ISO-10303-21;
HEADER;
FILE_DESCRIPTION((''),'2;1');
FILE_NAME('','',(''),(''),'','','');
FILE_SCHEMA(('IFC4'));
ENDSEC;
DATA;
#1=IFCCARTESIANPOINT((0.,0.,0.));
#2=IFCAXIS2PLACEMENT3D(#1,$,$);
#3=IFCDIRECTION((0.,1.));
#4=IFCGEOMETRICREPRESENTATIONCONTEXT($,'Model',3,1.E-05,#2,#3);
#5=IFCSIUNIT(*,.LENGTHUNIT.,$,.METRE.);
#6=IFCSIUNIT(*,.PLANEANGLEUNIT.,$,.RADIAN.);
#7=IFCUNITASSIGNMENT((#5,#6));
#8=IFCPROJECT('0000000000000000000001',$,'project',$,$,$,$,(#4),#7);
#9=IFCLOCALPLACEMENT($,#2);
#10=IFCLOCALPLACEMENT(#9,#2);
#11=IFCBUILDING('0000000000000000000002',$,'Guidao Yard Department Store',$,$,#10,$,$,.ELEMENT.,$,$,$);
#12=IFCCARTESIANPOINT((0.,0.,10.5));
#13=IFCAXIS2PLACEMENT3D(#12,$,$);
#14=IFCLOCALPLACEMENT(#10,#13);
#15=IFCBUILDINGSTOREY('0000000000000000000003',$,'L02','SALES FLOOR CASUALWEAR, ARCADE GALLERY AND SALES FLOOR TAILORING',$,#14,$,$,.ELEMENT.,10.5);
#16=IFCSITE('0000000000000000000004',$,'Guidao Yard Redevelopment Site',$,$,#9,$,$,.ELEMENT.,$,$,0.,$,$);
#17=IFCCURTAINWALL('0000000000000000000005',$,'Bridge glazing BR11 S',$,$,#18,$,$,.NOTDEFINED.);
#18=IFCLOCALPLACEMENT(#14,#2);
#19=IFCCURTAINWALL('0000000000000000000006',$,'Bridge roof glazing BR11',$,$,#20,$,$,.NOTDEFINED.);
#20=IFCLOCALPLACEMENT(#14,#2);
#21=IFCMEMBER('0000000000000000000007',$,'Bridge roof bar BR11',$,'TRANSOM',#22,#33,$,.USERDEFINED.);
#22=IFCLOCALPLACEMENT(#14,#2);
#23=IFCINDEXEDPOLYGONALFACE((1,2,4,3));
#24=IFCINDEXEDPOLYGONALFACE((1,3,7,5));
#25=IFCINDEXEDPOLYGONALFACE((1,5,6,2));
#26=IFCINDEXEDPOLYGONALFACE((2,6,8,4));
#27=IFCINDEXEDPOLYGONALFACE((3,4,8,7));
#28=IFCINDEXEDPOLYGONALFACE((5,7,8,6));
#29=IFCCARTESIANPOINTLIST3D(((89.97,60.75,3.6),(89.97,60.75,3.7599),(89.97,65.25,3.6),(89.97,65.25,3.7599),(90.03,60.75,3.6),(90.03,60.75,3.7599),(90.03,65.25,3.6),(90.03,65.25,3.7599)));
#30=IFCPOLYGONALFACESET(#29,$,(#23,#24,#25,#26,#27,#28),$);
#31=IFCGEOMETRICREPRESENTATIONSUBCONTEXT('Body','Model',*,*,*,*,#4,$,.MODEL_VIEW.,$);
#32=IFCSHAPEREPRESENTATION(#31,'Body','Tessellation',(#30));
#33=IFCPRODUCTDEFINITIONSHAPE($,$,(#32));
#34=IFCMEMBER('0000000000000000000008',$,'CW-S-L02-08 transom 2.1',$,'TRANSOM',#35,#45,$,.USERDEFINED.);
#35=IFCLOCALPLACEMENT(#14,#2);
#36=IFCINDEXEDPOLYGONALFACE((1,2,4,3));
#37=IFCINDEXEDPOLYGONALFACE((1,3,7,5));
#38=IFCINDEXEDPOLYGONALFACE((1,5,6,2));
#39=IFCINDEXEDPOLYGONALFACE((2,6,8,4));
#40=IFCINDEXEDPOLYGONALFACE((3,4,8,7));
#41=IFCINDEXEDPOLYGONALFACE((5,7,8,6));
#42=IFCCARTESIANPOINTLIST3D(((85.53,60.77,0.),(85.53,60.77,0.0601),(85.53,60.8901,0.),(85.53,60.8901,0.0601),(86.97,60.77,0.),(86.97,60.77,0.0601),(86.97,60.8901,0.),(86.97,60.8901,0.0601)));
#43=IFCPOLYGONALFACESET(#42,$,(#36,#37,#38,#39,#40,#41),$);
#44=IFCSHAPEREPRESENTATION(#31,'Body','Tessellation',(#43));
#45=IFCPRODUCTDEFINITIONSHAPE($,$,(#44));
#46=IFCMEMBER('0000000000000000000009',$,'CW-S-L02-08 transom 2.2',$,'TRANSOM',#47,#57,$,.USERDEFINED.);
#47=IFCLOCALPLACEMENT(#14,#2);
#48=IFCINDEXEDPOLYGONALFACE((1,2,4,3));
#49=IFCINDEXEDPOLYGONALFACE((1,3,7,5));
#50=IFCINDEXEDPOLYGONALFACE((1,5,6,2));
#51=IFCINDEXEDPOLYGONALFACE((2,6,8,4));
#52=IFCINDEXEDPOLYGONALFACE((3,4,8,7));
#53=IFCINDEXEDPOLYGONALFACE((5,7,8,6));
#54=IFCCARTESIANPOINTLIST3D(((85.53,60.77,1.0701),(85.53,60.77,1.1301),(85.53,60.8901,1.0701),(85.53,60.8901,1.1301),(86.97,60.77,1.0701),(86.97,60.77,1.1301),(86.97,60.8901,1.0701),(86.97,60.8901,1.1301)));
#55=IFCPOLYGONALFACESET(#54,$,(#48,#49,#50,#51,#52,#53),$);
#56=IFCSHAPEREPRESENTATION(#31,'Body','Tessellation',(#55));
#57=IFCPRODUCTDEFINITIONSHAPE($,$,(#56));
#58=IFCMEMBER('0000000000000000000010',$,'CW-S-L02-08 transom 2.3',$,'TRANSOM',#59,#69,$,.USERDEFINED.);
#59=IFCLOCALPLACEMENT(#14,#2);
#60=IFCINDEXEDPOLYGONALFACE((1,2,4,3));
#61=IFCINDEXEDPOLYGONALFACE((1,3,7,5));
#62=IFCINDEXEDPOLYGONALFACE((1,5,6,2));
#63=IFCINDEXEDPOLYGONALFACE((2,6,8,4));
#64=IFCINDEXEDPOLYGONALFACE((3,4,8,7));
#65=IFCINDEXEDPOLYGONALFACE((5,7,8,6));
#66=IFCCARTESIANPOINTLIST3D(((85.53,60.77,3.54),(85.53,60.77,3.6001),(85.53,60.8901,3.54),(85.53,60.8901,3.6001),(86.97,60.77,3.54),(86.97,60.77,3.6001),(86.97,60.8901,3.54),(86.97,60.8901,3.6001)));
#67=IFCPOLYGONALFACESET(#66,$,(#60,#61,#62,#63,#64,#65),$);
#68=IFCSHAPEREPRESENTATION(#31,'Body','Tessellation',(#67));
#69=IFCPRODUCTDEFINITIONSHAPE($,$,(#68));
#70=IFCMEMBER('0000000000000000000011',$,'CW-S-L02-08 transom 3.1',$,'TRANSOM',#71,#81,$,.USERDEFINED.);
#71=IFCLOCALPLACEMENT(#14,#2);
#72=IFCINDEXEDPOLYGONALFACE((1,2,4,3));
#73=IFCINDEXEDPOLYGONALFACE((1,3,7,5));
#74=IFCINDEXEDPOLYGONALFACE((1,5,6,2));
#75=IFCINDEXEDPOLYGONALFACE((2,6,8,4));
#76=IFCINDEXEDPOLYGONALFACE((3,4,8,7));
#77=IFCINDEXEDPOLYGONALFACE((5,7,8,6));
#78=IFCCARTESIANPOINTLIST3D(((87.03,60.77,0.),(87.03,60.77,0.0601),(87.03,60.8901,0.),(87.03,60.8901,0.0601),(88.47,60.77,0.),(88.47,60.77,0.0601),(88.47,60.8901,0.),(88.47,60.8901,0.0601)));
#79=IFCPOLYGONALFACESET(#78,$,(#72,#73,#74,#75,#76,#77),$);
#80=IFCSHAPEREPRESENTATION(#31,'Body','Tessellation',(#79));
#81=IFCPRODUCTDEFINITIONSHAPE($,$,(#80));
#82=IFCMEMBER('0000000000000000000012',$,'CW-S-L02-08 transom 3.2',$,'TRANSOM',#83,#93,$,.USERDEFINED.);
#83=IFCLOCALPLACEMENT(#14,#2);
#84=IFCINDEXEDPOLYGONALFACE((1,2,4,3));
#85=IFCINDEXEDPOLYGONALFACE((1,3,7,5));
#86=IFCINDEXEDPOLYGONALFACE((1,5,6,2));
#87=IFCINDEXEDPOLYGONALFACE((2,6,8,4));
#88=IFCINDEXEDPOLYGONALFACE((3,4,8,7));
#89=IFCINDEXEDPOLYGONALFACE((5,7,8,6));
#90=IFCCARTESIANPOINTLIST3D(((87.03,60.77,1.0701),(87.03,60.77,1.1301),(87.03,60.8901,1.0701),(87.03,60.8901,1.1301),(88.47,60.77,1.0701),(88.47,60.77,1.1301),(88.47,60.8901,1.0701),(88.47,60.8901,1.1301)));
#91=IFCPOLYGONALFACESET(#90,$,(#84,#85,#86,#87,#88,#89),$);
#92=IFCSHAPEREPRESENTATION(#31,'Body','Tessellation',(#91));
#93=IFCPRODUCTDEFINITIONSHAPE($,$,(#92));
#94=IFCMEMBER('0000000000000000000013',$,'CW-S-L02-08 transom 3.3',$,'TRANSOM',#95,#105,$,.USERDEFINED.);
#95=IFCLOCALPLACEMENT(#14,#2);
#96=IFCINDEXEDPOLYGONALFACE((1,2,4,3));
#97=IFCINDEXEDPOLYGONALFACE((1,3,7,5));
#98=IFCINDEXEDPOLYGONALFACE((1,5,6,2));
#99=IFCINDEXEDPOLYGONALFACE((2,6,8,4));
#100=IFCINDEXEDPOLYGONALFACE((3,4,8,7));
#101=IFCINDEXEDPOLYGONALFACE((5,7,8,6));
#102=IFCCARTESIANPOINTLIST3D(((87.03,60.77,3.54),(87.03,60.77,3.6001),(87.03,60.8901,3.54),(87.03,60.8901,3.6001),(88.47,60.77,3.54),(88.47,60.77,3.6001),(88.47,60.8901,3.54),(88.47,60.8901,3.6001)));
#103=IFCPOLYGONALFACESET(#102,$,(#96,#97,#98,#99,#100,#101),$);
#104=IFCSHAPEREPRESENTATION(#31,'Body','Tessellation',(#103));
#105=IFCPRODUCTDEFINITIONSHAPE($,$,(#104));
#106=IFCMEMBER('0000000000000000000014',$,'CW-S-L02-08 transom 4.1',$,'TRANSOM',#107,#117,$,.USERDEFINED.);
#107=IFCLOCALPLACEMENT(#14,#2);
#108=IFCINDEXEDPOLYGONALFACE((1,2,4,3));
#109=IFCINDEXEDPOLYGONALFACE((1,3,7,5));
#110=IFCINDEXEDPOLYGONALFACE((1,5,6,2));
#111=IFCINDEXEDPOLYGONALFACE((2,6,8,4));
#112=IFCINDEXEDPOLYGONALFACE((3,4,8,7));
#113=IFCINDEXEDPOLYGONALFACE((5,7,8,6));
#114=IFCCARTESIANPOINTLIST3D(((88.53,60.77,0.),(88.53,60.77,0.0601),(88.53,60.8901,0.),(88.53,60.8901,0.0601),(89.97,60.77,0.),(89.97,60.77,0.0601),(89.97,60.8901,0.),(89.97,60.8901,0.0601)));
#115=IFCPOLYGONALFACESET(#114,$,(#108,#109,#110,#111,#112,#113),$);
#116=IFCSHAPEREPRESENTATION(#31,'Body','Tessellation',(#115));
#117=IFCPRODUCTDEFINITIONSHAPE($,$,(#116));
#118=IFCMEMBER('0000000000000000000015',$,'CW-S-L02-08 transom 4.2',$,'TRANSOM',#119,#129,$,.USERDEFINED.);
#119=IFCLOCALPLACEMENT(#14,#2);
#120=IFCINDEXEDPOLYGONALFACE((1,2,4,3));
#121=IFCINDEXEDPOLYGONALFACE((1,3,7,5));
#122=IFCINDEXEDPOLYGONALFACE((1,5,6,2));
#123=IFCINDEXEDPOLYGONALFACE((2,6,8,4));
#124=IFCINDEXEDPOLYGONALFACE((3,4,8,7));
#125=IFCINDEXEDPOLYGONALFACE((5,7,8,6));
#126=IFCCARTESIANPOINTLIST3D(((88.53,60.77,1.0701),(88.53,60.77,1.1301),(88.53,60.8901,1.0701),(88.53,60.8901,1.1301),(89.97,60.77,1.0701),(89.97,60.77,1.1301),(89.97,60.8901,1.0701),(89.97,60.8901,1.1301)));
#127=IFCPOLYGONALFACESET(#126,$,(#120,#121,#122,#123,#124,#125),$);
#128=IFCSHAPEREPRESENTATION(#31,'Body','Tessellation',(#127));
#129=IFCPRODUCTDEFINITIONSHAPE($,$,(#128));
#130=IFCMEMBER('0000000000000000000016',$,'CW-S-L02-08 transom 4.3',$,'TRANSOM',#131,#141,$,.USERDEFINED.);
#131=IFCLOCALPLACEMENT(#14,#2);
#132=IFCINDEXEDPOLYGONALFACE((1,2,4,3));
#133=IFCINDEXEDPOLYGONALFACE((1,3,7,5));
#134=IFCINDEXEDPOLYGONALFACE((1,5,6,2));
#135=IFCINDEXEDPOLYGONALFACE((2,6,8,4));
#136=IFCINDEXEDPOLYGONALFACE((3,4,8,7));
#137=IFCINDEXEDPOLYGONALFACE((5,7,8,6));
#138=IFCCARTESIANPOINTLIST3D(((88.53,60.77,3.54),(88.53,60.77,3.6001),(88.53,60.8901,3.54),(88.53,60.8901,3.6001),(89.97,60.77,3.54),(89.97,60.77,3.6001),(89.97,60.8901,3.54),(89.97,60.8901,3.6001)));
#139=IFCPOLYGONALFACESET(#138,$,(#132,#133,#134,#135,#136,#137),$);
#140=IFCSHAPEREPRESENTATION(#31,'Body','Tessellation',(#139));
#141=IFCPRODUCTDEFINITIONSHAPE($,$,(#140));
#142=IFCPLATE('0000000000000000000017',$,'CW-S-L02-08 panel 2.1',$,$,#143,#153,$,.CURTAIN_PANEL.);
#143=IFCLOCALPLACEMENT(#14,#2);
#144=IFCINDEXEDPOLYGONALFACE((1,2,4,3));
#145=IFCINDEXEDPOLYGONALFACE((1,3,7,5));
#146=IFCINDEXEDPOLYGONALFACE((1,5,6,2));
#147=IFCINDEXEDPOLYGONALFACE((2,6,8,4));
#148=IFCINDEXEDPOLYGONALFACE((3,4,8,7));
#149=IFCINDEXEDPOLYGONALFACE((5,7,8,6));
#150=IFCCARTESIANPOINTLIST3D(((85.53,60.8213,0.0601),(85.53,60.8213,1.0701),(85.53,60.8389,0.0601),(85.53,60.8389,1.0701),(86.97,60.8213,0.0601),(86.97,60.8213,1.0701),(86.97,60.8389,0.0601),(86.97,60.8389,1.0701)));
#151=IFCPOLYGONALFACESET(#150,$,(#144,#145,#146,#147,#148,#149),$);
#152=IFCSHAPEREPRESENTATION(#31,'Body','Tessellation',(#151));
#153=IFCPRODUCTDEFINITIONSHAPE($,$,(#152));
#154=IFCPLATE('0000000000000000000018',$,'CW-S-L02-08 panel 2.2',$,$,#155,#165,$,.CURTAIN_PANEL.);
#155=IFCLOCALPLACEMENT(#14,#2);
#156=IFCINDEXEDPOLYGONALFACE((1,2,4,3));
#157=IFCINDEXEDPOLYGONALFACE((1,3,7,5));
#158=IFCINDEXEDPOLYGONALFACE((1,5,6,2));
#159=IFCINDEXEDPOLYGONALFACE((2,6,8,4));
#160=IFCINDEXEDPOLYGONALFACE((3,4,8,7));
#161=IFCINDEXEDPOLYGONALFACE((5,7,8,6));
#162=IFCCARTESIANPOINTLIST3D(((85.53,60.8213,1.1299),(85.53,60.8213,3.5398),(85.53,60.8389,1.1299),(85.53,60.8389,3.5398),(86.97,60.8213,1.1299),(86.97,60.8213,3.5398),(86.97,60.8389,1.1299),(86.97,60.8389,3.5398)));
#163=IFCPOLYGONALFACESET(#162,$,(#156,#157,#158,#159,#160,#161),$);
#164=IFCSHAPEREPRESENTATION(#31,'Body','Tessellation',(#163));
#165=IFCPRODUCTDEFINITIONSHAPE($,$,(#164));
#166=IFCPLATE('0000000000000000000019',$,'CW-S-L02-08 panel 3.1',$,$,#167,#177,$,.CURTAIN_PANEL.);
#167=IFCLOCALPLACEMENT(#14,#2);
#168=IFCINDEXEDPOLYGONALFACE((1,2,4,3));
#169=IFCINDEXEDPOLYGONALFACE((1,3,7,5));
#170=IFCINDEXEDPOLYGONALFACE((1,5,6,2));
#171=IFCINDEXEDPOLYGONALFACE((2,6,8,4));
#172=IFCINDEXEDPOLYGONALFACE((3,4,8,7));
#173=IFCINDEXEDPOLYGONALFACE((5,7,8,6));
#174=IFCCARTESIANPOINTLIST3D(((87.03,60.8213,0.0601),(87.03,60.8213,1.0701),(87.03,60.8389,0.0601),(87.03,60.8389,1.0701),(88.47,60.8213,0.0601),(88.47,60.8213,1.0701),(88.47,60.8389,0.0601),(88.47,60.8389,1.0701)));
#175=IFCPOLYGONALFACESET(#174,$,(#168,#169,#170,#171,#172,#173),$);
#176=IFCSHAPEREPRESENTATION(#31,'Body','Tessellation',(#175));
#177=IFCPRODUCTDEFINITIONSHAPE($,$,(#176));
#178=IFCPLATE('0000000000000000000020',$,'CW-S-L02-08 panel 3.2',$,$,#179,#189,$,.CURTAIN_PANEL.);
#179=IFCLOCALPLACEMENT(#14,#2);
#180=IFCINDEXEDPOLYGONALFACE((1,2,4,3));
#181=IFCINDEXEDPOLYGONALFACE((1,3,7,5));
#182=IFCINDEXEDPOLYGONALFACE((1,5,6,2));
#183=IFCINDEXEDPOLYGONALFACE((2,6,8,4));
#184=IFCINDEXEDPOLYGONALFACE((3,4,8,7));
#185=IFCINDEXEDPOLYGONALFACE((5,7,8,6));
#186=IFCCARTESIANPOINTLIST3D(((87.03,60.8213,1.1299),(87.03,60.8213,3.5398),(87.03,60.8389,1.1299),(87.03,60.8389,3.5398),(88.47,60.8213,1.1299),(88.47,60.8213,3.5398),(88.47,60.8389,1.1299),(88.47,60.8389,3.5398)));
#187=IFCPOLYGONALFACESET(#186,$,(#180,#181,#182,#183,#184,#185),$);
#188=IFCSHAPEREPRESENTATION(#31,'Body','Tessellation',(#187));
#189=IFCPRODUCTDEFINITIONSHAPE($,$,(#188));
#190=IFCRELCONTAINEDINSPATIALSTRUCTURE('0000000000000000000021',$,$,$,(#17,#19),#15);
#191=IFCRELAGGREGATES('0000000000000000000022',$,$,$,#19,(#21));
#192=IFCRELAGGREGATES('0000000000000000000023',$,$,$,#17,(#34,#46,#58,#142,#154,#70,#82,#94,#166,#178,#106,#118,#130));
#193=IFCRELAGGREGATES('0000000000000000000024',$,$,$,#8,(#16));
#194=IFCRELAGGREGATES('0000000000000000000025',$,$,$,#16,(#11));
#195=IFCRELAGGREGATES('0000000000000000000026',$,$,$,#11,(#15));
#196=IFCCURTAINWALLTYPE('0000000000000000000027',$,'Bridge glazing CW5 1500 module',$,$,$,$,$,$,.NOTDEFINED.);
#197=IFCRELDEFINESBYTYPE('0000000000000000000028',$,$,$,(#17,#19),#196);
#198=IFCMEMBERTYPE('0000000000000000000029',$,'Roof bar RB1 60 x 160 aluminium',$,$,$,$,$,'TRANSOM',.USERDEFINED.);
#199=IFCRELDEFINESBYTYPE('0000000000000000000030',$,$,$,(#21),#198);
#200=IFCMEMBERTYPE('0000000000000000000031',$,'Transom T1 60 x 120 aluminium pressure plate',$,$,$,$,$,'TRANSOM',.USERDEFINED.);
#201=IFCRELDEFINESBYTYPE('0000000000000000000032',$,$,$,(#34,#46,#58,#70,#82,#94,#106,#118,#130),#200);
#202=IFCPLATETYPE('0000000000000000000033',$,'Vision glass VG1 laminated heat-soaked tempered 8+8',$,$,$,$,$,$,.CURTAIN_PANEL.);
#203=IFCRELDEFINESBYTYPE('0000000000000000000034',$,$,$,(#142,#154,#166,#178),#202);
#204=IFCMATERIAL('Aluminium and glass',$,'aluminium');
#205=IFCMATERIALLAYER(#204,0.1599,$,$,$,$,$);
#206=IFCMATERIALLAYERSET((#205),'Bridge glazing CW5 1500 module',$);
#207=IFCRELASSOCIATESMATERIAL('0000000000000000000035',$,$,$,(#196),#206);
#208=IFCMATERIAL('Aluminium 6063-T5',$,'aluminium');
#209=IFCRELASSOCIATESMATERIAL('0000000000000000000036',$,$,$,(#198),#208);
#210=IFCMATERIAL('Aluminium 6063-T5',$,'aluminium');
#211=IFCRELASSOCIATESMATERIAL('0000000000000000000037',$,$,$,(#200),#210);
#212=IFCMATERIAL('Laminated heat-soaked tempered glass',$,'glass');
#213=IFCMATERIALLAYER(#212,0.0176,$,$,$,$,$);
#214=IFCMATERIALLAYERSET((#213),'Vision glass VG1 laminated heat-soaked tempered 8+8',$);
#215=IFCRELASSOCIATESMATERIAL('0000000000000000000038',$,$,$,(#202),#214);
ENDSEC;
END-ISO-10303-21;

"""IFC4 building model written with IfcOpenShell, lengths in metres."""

from ifc_helpers import new_model, si_unit, direction, frame, origin, origin_2d, place, context, subcontext, project, spatial, rectangle, extrude, material, layer, layer_set, material_profile, profile_set, type_object, element, aggregate, save


model = new_model("IFC4")

# Units and contexts
model_context = context("Model", 3, precision=1e-05, world=origin(), true_north=direction((0.0, 1.0)))
body_context = subcontext(model_context, "Body", "Model", "MODEL_VIEW")
ifc_project = project(units=[si_unit("LENGTHUNIT", "METRE"), si_unit("PLANEANGLEUNIT", "RADIAN")], contexts=[model_context])

# Site, building, storey
site_placement = place(None, origin())
site = spatial("IfcSite", under=ifc_project, at=site_placement, Name="Guidao Yard Redevelopment Site", CompositionType="ELEMENT", RefElevation=0.0)
building_placement = place(site_placement, origin())
building = spatial("IfcBuilding", under=site, at=building_placement, Name="Guidao Yard Department Store", CompositionType="ELEMENT")
storey_placement = place(building_placement, frame((0.0, 0.0, 10.5)))
storey = spatial("IfcBuildingStorey", under=building, at=storey_placement, Name="L02", Description="SALES FLOOR CASUALWEAR, ARCADE GALLERY AND SALES FLOOR TAILORING", CompositionType="ELEMENT", Elevation=10.5)

# Curtain walls, member
ifc_material_1 = material(Name="Aluminium and glass", Category="aluminium")
ifc_layer_1 = layer(ifc_material_1, 0.1599)
ifc_layer_set_1 = layer_set([ifc_layer_1], Name="Bridge glazing CW5 1500 module")
curtain_wall_type = type_object("IfcCurtainWallType", Name="Bridge glazing CW5 1500 module", PredefinedType="NOTDEFINED", material=ifc_layer_set_1)
curtain_wall_1_placement = place(storey_placement, origin())
curtain_wall_1 = element("IfcCurtainWall", 1, at=curtain_wall_1_placement, inside=storey, type_object=curtain_wall_type, Name="Bridge glazing BR11 S", PredefinedType="NOTDEFINED")
curtain_wall_2_placement = place(storey_placement, origin())
curtain_wall_2 = element("IfcCurtainWall", 2, at=curtain_wall_2_placement, inside=storey, type_object=curtain_wall_type, Name="Bridge roof glazing BR11", PredefinedType="NOTDEFINED")
ifc_material_2 = material(Name="Aluminium 6063-T5", Category="aluminium")
ifc_material_profile_1 = material_profile(ifc_material_2, rectangle(XDim=0.0601, YDim=0.1599, at=origin_2d()), Name="Roof bar RB1 60 x 160 aluminium")
ifc_profile_set_1 = profile_set([ifc_material_profile_1], Name="Aluminium 6063-T5")
member_type_1 = type_object("IfcMemberType", Name="Roof bar RB1 60 x 160 aluminium", ElementType="TRANSOM", PredefinedType="USERDEFINED", material=ifc_profile_set_1)
member_1_placement = place(storey_placement, frame((90.0, 60.75, 3.6799), z_axis=(0.0, 1.0, 0.0), x_axis=(-1.0, 0.0, 0.0)))
member_1 = element("IfcMember", 3, at=member_1_placement, type_object=member_type_1, Name="Bridge roof bar BR11", ObjectType="TRANSOM", PredefinedType="USERDEFINED", context=body_context, shape_type="SweptSolid", body=[
    extrude(rectangle(XDim=0.0601, YDim=0.1599, at=origin_2d()), origin(), (0.0, 0.0, 1.0), 4.5),
])
aggregate(curtain_wall_2, [member_1])

# Members
ifc_material_3 = material(Name="Aluminium 6063-T5", Category="aluminium")
ifc_material_profile_2 = material_profile(ifc_material_3, rectangle(XDim=0.1201, YDim=0.0601, at=origin_2d()), Name="Transom T1 60 x 120 aluminium pressure plate")
ifc_profile_set_2 = profile_set([ifc_material_profile_2], Name="Aluminium 6063-T5")
member_type_2 = type_object("IfcMemberType", Name="Transom T1 60 x 120 aluminium pressure plate", ElementType="TRANSOM", PredefinedType="USERDEFINED", material=ifc_profile_set_2)
member_2_placement = place(storey_placement, frame((86.97, 60.8301, 0.03), z_axis=(-1.0, 0.0, 0.0), x_axis=(0.0, -1.0, 0.0)))
member_2 = element("IfcMember", 4, at=member_2_placement, type_object=member_type_2, Name="CW-S-L02-08 transom 2.1", ObjectType="TRANSOM", PredefinedType="USERDEFINED", context=body_context, shape_type="SweptSolid", body=[
    extrude(rectangle(XDim=0.1201, YDim=0.0601, at=origin_2d()), origin(), (0.0, 0.0, 1.0), 1.4399),
])
member_3_placement = place(storey_placement, frame((86.97, 60.8301, 1.1001), z_axis=(-1.0, 0.0, 0.0), x_axis=(0.0, -1.0, 0.0)))
member_3 = element("IfcMember", 5, at=member_3_placement, type_object=member_type_2, Name="CW-S-L02-08 transom 2.2", ObjectType="TRANSOM", PredefinedType="USERDEFINED", context=body_context, shape_type="SweptSolid", body=[
    extrude(rectangle(XDim=0.1201, YDim=0.0601, at=origin_2d()), origin(), (0.0, 0.0, 1.0), 1.4399),
])
member_4_placement = place(storey_placement, frame((86.97, 60.8301, 3.5701), z_axis=(-1.0, 0.0, 0.0), x_axis=(0.0, -1.0, 0.0)))
member_4 = element("IfcMember", 6, at=member_4_placement, type_object=member_type_2, Name="CW-S-L02-08 transom 2.3", ObjectType="TRANSOM", PredefinedType="USERDEFINED", context=body_context, shape_type="SweptSolid", body=[
    extrude(rectangle(XDim=0.1201, YDim=0.0601, at=origin_2d()), origin(), (0.0, 0.0, 1.0), 1.4399),
])
member_5_placement = place(storey_placement, frame((88.47, 60.8301, 0.03), z_axis=(-1.0, 0.0, 0.0), x_axis=(0.0, -1.0, 0.0)))
member_5 = element("IfcMember", 7, at=member_5_placement, type_object=member_type_2, Name="CW-S-L02-08 transom 3.1", ObjectType="TRANSOM", PredefinedType="USERDEFINED", context=body_context, shape_type="SweptSolid", body=[
    extrude(rectangle(XDim=0.1201, YDim=0.0601, at=origin_2d()), origin(), (0.0, 0.0, 1.0), 1.4399),
])
member_6_placement = place(storey_placement, frame((88.47, 60.8301, 1.1001), z_axis=(-1.0, 0.0, 0.0), x_axis=(0.0, -1.0, 0.0)))
member_6 = element("IfcMember", 8, at=member_6_placement, type_object=member_type_2, Name="CW-S-L02-08 transom 3.2", ObjectType="TRANSOM", PredefinedType="USERDEFINED", context=body_context, shape_type="SweptSolid", body=[
    extrude(rectangle(XDim=0.1201, YDim=0.0601, at=origin_2d()), origin(), (0.0, 0.0, 1.0), 1.4399),
])
member_7_placement = place(storey_placement, frame((88.47, 60.8301, 3.5701), z_axis=(-1.0, 0.0, 0.0), x_axis=(0.0, -1.0, 0.0)))
member_7 = element("IfcMember", 9, at=member_7_placement, type_object=member_type_2, Name="CW-S-L02-08 transom 3.3", ObjectType="TRANSOM", PredefinedType="USERDEFINED", context=body_context, shape_type="SweptSolid", body=[
    extrude(rectangle(XDim=0.1201, YDim=0.0601, at=origin_2d()), origin(), (0.0, 0.0, 1.0), 1.4399),
])
member_8_placement = place(storey_placement, frame((89.97, 60.8301, 0.03), z_axis=(-1.0, 0.0, 0.0), x_axis=(0.0, -1.0, 0.0)))
member_8 = element("IfcMember", 10, at=member_8_placement, type_object=member_type_2, Name="CW-S-L02-08 transom 4.1", ObjectType="TRANSOM", PredefinedType="USERDEFINED", context=body_context, shape_type="SweptSolid", body=[
    extrude(rectangle(XDim=0.1201, YDim=0.0601, at=origin_2d()), origin(), (0.0, 0.0, 1.0), 1.4399),
])
member_9_placement = place(storey_placement, frame((89.97, 60.8301, 1.1001), z_axis=(-1.0, 0.0, 0.0), x_axis=(0.0, -1.0, 0.0)))
member_9 = element("IfcMember", 11, at=member_9_placement, type_object=member_type_2, Name="CW-S-L02-08 transom 4.2", ObjectType="TRANSOM", PredefinedType="USERDEFINED", context=body_context, shape_type="SweptSolid", body=[
    extrude(rectangle(XDim=0.1201, YDim=0.0601, at=origin_2d()), origin(), (0.0, 0.0, 1.0), 1.4399),
])
member_10_placement = place(storey_placement, frame((89.97, 60.8301, 3.5701), z_axis=(-1.0, 0.0, 0.0), x_axis=(0.0, -1.0, 0.0)))
member_10 = element("IfcMember", 12, at=member_10_placement, type_object=member_type_2, Name="CW-S-L02-08 transom 4.3", ObjectType="TRANSOM", PredefinedType="USERDEFINED", context=body_context, shape_type="SweptSolid", body=[
    extrude(rectangle(XDim=0.1201, YDim=0.0601, at=origin_2d()), origin(), (0.0, 0.0, 1.0), 1.4399),
])

# Plates
ifc_material_4 = material(Name="Laminated heat-soaked tempered glass", Category="glass")
ifc_layer_2 = layer(ifc_material_4, 0.0176)
ifc_layer_set_2 = layer_set([ifc_layer_2], Name="Vision glass VG1 laminated heat-soaked tempered 8+8")
plate_type = type_object("IfcPlateType", Name="Vision glass VG1 laminated heat-soaked tempered 8+8", PredefinedType="CURTAIN_PANEL", material=ifc_layer_set_2)
plate_1_placement = place(storey_placement, frame((86.25, 60.8301, 0.0601), z_axis=(0.0, 0.0, 1.0), x_axis=(-1.0, 0.0, 0.0)))
plate_1 = element("IfcPlate", 13, at=plate_1_placement, type_object=plate_type, Name="CW-S-L02-08 panel 2.1", PredefinedType="CURTAIN_PANEL", context=body_context, shape_type="SweptSolid", body=[
    extrude(rectangle(XDim=1.4399, YDim=0.0176, at=origin_2d()), origin(), (0.0, 0.0, 1.0), 1.01),
])
plate_2_placement = place(storey_placement, frame((86.25, 60.8301, 1.1299), z_axis=(0.0, 0.0, 1.0), x_axis=(-1.0, 0.0, 0.0)))
plate_2 = element("IfcPlate", 14, at=plate_2_placement, type_object=plate_type, Name="CW-S-L02-08 panel 2.2", PredefinedType="CURTAIN_PANEL", context=body_context, shape_type="SweptSolid", body=[
    extrude(rectangle(XDim=1.4399, YDim=0.0176, at=origin_2d()), origin(), (0.0, 0.0, 1.0), 2.4099),
])
plate_3_placement = place(storey_placement, frame((87.75, 60.8301, 0.0601), z_axis=(0.0, 0.0, 1.0), x_axis=(-1.0, 0.0, 0.0)))
plate_3 = element("IfcPlate", 15, at=plate_3_placement, type_object=plate_type, Name="CW-S-L02-08 panel 3.1", PredefinedType="CURTAIN_PANEL", context=body_context, shape_type="SweptSolid", body=[
    extrude(rectangle(XDim=1.4399, YDim=0.0176, at=origin_2d()), origin(), (0.0, 0.0, 1.0), 1.01),
])
plate_4_placement = place(storey_placement, frame((87.75, 60.8301, 1.1299), z_axis=(0.0, 0.0, 1.0), x_axis=(-1.0, 0.0, 0.0)))
plate_4 = element("IfcPlate", 16, at=plate_4_placement, type_object=plate_type, Name="CW-S-L02-08 panel 3.2", PredefinedType="CURTAIN_PANEL", context=body_context, shape_type="SweptSolid", body=[
    extrude(rectangle(XDim=1.4399, YDim=0.0176, at=origin_2d()), origin(), (0.0, 0.0, 1.0), 2.4099),
])
aggregate(curtain_wall_1, [member_2, member_3, member_4, plate_1, plate_2, member_5, member_6, member_7, plate_3, plate_4, member_8, member_9, member_10])

save(model, "model.ifc")
